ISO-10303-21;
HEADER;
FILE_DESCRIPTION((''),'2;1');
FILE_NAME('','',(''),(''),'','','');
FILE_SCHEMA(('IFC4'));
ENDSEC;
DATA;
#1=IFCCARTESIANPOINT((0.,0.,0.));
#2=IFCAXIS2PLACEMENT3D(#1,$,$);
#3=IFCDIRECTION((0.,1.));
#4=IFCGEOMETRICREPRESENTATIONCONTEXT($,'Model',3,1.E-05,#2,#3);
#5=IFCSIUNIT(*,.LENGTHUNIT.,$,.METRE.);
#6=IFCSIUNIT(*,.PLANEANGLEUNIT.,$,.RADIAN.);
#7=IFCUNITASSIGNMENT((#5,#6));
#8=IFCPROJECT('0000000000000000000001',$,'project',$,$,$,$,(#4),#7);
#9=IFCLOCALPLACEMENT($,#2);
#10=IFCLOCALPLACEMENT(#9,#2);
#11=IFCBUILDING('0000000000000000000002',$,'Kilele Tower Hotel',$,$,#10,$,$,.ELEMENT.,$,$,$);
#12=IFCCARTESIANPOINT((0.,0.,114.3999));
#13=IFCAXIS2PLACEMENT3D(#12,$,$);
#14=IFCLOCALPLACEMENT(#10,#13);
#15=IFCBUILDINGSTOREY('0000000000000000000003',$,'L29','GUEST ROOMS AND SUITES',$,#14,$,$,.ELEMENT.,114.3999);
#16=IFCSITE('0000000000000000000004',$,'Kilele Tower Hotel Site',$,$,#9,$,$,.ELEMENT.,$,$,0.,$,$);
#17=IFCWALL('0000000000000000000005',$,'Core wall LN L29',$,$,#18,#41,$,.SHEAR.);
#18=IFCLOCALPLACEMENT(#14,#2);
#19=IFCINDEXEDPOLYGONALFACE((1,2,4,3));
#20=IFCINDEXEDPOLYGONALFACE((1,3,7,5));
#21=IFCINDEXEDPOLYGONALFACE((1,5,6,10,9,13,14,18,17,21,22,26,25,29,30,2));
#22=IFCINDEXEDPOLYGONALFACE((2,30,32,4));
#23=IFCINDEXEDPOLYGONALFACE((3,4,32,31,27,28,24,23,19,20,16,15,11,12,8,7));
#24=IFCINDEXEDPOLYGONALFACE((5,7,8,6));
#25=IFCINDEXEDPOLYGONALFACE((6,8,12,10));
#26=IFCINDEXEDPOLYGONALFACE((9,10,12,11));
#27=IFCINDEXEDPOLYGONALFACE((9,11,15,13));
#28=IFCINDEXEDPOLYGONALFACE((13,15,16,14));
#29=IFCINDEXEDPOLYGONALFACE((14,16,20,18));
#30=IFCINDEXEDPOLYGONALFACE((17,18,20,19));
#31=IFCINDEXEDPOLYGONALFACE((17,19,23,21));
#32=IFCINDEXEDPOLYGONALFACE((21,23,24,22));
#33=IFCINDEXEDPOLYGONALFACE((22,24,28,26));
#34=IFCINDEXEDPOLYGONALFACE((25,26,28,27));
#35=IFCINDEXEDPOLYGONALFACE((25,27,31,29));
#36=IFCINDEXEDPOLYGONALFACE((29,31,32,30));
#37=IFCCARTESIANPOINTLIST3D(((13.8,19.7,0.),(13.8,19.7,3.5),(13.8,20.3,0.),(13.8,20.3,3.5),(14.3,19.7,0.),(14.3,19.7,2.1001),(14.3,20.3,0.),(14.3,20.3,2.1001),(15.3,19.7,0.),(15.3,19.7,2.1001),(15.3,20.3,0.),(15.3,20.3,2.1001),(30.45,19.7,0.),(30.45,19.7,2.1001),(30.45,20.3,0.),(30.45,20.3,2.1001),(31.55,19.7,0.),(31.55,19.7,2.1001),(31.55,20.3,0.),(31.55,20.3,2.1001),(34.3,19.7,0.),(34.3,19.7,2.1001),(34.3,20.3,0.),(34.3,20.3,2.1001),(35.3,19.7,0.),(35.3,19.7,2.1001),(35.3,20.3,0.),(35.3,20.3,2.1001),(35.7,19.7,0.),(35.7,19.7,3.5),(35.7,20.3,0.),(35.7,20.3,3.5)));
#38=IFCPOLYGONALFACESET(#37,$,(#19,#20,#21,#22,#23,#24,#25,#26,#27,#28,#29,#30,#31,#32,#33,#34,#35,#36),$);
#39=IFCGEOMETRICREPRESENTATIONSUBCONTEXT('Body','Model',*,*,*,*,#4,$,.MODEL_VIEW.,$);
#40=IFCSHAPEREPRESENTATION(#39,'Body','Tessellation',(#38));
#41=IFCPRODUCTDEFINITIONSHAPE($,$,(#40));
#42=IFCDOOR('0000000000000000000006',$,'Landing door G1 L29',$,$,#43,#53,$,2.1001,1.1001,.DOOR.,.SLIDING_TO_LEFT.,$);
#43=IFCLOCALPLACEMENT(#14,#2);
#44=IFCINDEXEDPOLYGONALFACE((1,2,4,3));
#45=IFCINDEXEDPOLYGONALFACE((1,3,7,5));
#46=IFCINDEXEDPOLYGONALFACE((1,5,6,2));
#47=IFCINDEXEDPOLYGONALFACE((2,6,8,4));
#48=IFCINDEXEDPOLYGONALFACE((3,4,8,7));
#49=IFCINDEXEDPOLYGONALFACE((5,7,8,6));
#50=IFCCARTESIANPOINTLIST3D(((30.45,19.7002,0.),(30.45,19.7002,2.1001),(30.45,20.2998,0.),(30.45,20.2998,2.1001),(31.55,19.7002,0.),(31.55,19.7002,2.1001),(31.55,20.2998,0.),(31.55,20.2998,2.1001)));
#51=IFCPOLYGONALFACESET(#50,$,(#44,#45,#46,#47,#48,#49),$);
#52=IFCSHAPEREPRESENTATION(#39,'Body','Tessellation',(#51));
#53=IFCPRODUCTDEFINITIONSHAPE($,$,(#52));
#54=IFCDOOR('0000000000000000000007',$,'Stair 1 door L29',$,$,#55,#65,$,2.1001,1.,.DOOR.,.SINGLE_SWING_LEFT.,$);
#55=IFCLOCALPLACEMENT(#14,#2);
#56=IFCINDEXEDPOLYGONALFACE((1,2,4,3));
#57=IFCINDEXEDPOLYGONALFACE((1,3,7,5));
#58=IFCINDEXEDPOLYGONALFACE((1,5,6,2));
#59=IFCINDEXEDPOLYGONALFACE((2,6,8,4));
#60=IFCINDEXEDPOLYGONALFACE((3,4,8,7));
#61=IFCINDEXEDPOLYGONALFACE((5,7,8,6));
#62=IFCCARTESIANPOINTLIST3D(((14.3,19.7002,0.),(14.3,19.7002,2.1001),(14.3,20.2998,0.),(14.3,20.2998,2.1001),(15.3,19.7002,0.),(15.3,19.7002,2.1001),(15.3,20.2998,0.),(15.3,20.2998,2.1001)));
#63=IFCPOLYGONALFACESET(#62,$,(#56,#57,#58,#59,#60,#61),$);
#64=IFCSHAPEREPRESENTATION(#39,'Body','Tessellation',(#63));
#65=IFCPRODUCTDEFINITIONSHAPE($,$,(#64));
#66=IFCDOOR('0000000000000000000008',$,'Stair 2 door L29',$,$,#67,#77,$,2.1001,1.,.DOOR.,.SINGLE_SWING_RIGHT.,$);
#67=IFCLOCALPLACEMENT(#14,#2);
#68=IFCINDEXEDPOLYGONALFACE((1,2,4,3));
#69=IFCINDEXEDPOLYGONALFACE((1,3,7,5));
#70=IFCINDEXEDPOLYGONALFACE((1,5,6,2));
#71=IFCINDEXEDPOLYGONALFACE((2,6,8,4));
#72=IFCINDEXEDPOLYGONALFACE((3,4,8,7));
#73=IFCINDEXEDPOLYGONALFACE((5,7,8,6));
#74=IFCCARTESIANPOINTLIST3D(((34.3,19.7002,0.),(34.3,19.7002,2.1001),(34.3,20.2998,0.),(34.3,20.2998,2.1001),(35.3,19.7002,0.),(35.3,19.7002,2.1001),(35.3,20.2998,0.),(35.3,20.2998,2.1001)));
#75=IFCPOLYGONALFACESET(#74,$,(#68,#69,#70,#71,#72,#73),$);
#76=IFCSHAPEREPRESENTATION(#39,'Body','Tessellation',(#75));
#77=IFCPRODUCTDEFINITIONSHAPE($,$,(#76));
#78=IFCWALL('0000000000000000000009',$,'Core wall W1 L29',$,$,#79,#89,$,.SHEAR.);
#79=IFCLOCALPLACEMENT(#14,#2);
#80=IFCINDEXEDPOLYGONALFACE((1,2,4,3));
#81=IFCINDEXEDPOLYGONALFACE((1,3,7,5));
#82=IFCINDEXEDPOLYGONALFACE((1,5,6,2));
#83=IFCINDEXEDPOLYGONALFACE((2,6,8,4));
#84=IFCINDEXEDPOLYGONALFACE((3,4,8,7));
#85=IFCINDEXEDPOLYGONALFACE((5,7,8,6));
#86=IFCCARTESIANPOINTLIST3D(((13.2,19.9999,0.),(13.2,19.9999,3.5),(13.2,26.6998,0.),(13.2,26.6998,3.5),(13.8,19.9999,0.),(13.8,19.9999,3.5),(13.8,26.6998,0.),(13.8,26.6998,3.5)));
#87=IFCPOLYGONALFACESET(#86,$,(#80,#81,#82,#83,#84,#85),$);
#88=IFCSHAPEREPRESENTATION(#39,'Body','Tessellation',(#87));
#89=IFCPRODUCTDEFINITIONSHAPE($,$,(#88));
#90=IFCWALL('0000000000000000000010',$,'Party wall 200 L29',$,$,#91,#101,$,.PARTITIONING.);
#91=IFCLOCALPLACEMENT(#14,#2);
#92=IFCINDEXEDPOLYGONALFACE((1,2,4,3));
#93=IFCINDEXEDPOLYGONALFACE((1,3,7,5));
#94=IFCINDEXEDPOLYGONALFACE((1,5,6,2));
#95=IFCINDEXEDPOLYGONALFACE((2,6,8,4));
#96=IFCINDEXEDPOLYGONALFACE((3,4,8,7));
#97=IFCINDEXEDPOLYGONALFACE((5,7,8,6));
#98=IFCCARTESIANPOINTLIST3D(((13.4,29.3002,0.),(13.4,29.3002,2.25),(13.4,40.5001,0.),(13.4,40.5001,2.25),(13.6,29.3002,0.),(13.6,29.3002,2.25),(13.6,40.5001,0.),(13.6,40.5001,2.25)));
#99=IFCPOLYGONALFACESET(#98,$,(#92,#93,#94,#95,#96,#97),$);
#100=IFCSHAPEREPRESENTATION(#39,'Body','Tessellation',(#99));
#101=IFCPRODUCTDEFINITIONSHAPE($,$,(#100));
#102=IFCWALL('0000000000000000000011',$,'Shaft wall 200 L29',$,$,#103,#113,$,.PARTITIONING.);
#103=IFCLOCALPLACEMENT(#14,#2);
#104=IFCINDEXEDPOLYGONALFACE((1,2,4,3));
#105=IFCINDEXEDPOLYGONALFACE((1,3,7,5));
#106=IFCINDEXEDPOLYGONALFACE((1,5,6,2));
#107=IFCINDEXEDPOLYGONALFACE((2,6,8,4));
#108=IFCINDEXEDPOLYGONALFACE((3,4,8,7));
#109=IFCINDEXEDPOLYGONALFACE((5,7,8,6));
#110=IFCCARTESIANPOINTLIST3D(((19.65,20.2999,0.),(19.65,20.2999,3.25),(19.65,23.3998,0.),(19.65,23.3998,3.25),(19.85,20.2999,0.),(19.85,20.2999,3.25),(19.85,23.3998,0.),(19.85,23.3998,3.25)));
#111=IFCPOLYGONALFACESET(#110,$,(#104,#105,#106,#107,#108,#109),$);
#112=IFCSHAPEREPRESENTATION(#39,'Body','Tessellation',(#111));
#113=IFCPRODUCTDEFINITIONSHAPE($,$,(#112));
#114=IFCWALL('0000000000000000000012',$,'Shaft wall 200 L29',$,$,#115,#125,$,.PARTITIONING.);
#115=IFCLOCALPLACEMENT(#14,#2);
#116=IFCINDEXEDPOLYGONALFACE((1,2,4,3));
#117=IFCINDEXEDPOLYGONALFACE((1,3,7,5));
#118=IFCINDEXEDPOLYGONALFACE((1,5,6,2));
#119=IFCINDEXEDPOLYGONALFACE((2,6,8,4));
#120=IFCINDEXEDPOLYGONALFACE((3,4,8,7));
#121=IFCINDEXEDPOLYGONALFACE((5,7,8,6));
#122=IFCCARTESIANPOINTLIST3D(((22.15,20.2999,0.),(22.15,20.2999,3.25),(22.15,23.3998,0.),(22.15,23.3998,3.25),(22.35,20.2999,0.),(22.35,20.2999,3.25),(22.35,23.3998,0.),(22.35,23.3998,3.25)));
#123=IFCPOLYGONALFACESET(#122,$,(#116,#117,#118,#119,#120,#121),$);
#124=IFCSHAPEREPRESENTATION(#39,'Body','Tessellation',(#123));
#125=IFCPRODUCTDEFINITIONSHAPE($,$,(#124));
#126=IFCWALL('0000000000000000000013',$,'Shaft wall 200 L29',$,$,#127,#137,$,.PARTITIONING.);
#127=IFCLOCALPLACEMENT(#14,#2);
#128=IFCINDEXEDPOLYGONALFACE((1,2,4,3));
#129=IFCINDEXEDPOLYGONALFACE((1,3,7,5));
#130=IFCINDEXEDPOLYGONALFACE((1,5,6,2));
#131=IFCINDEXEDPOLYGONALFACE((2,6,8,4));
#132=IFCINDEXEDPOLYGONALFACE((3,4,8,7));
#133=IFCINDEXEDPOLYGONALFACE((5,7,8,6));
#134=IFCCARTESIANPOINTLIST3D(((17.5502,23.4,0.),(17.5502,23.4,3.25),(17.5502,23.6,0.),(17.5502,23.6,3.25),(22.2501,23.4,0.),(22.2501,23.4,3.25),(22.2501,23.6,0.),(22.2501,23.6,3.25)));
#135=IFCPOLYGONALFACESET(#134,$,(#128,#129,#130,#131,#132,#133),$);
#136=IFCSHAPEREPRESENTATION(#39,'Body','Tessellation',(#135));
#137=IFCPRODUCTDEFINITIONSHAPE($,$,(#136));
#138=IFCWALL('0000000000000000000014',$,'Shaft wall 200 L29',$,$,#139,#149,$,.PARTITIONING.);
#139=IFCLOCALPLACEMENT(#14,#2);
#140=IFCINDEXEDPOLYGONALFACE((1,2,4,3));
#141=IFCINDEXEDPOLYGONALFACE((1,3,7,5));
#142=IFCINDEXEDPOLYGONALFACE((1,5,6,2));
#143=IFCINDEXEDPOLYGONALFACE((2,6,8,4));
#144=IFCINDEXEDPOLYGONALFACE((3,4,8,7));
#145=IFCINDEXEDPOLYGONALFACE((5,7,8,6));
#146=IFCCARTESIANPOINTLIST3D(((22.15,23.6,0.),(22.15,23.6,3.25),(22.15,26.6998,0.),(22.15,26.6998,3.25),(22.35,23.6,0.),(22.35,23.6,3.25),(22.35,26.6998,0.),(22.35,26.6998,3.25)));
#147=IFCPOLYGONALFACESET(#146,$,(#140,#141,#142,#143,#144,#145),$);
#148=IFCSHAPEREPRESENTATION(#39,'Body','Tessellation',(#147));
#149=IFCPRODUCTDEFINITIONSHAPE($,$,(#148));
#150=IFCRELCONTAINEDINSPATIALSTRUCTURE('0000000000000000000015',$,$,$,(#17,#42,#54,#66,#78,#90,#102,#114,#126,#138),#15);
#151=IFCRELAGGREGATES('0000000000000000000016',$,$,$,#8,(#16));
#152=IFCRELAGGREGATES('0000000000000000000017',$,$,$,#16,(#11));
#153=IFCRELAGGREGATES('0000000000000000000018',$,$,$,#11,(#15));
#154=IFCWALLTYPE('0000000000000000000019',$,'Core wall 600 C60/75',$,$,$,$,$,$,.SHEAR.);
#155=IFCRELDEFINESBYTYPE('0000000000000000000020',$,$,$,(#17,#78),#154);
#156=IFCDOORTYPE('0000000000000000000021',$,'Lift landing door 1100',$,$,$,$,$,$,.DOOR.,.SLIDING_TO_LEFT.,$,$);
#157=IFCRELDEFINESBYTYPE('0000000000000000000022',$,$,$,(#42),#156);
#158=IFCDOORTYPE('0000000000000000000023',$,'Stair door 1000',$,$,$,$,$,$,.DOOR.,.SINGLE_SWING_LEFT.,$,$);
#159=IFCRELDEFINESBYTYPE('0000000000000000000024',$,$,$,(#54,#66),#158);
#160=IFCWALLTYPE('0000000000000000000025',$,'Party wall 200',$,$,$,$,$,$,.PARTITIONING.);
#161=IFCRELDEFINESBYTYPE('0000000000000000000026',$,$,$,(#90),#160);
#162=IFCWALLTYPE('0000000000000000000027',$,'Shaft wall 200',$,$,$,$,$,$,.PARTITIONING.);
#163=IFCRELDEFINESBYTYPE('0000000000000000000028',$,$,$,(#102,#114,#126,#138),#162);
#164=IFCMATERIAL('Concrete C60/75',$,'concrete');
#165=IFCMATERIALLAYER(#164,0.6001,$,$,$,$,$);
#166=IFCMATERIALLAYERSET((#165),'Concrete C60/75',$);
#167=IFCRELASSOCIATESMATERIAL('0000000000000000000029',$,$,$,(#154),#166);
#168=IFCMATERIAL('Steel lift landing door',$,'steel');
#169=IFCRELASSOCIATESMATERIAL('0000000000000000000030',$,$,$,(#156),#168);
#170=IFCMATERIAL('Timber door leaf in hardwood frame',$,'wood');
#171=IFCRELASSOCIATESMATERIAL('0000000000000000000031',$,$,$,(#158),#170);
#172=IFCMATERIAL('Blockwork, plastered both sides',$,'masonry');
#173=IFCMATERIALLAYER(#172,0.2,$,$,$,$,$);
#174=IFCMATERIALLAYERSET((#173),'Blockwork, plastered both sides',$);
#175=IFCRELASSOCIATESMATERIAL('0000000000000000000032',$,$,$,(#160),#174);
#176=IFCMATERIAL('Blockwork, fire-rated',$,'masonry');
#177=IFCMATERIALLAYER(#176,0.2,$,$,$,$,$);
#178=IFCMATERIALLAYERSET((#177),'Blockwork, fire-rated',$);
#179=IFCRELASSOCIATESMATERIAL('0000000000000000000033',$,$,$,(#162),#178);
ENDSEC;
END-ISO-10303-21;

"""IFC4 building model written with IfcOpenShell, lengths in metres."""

from ifc_helpers import new_model, si_unit, direction, frame, frame_2d, origin, place, context, subcontext, project, spatial, rectangle, extrude, material, layer, layer_set, type_object, element, fill, save


model = new_model("IFC4")

# Units and contexts
model_context = context("Model", 3, precision=1e-05, world=origin(), true_north=direction((0.0, 1.0)))
body_context = subcontext(model_context, "Body", "Model", "MODEL_VIEW")
ifc_project = project(units=[si_unit("LENGTHUNIT", "METRE"), si_unit("PLANEANGLEUNIT", "RADIAN")], contexts=[model_context])

# Site, building, storey
site_placement = place(None, origin())
site = spatial("IfcSite", under=ifc_project, at=site_placement, Name="Kilele Tower Hotel Site", CompositionType="ELEMENT", RefElevation=0.0)
building_placement = place(site_placement, origin())
building = spatial("IfcBuilding", under=site, at=building_placement, Name="Kilele Tower Hotel", CompositionType="ELEMENT")
storey_placement = place(building_placement, frame((0.0, 0.0, 114.3999)))
storey = spatial("IfcBuildingStorey", under=building, at=storey_placement, Name="L29", Description="GUEST ROOMS AND SUITES", CompositionType="ELEMENT", Elevation=114.3999)

# Wall, openings, doors
ifc_material_1 = material(Name="Concrete C60/75", Category="concrete")
ifc_layer_1 = layer(ifc_material_1, 0.6001)
ifc_layer_set_1 = layer_set([ifc_layer_1], Name="Concrete C60/75")
wall_type_1 = type_object("IfcWallType", Name="Core wall 600 C60/75", PredefinedType="SHEAR", material=ifc_layer_set_1)
wall_1_placement = place(storey_placement, frame((13.8, 20.0, 0.0), z_axis=(0.0, 0.0, 1.0), x_axis=(1.0, 0.0, 0.0)))
wall_1 = element("IfcWall", 1, at=wall_1_placement, inside=storey, type_object=wall_type_1, Name="Core wall LN L29", PredefinedType="SHEAR", context=body_context, shape_type="SweptSolid", body=[
    extrude(rectangle(XDim=21.8999, YDim=0.6001, at=frame_2d((10.95, 0.0))), origin(), (0.0, 0.0, 1.0), 3.5),
])
opening_1_placement = place(wall_1_placement, frame((0.5, 0.0, 0.0)))
opening_1 = element("IfcOpeningElement", 2, at=opening_1_placement, cuts=wall_1, PredefinedType="OPENING", context=body_context, shape_type="SweptSolid", body=[
    extrude(rectangle(XDim=1.0, YDim=2.1001, at=frame_2d((0.5, 1.05))), frame((0.0, 0.3101, 0.0), z_axis=(0.0, -1.0, 0.0), x_axis=(1.0, 0.0, 0.0)), (0.0, 0.0, 1.0), 0.6201),
])
opening_2_placement = place(wall_1_placement, frame((20.5, 0.0, 0.0)))
opening_2 = element("IfcOpeningElement", 3, at=opening_2_placement, cuts=wall_1, PredefinedType="OPENING", context=body_context, shape_type="SweptSolid", body=[
    extrude(rectangle(XDim=1.0, YDim=2.1001, at=frame_2d((0.5, 1.05))), frame((0.0, 0.3101, 0.0), z_axis=(0.0, -1.0, 0.0), x_axis=(1.0, 0.0, 0.0)), (0.0, 0.0, 1.0), 0.6201),
])
opening_3_placement = place(wall_1_placement, frame((16.6499, 0.0, 0.0)))
opening_3 = element("IfcOpeningElement", 4, at=opening_3_placement, cuts=wall_1, PredefinedType="OPENING", context=body_context, shape_type="SweptSolid", body=[
    extrude(rectangle(XDim=1.1001, YDim=2.1001, at=frame_2d((0.55, 1.05))), frame((0.0, 0.3101, 0.0), z_axis=(0.0, -1.0, 0.0), x_axis=(1.0, 0.0, 0.0)), (0.0, 0.0, 1.0), 0.6201),
])
ifc_material_2 = material(Name="Steel lift landing door", Category="steel")
door_type_1 = type_object("IfcDoorType", Name="Lift landing door 1100", OperationType="SLIDING_TO_LEFT", PredefinedType="DOOR", material=ifc_material_2)
door_1_placement = place(opening_3_placement, origin())
door_1 = element("IfcDoor", 5, at=door_1_placement, inside=storey, type_object=door_type_1, Name="Landing door G1 L29", OperationType="SLIDING_TO_LEFT", OverallHeight=2.1001, OverallWidth=1.1001, PredefinedType="DOOR", context=body_context, shape_type="SweptSolid", body=[
    extrude(rectangle(XDim=1.1001, YDim=2.1001, at=frame_2d((0.55, 1.05))), frame((0.0, 0.2998, 0.0), z_axis=(0.0, -1.0, 0.0), x_axis=(1.0, 0.0, 0.0)), (0.0, 0.0, 1.0), 0.5996),
])
fill(opening_3, door_1)
ifc_material_3 = material(Name="Timber door leaf in hardwood frame", Category="wood")
door_type_2 = type_object("IfcDoorType", Name="Stair door 1000", OperationType="SINGLE_SWING_LEFT", PredefinedType="DOOR", material=ifc_material_3)
door_2_placement = place(opening_1_placement, origin())
door_2 = element("IfcDoor", 6, at=door_2_placement, inside=storey, type_object=door_type_2, Name="Stair 1 door L29", OperationType="SINGLE_SWING_LEFT", OverallHeight=2.1001, OverallWidth=1.0, PredefinedType="DOOR", context=body_context, shape_type="SweptSolid", body=[
    extrude(rectangle(XDim=1.0, YDim=2.1001, at=frame_2d((0.5, 1.05))), frame((0.0, 0.2998, 0.0), z_axis=(0.0, -1.0, 0.0), x_axis=(1.0, 0.0, 0.0)), (0.0, 0.0, 1.0), 0.5996),
])
fill(opening_1, door_2)
door_3_placement = place(opening_2_placement, origin())
door_3 = element("IfcDoor", 7, at=door_3_placement, inside=storey, type_object=door_type_2, Name="Stair 2 door L29", OperationType="SINGLE_SWING_RIGHT", OverallHeight=2.1001, OverallWidth=1.0, PredefinedType="DOOR", context=body_context, shape_type="SweptSolid", body=[
    extrude(rectangle(XDim=1.0, YDim=2.1001, at=frame_2d((0.5, 1.05))), frame((0.0, 0.2998, 0.0), z_axis=(0.0, -1.0, 0.0), x_axis=(1.0, 0.0, 0.0)), (0.0, 0.0, 1.0), 0.5996),
])
fill(opening_2, door_3)

# Walls
wall_2_placement = place(storey_placement, frame((13.5, 26.7, 0.0), z_axis=(0.0, 0.0, 1.0), x_axis=(0.0, -1.0, 0.0)))
element("IfcWall", 8, at=wall_2_placement, inside=storey, type_object=wall_type_1, Name="Core wall W1 L29", PredefinedType="SHEAR", context=body_context, shape_type="SweptSolid", body=[
    extrude(rectangle(XDim=6.7, YDim=0.6001, at=frame_2d((3.3501, 0.0))), origin(), (0.0, 0.0, 1.0), 3.5),
])
ifc_material_4 = material(Name="Blockwork, plastered both sides", Category="masonry")
ifc_layer_2 = layer(ifc_material_4, 0.2)
ifc_layer_set_2 = layer_set([ifc_layer_2], Name="Blockwork, plastered both sides")
wall_type_2 = type_object("IfcWallType", Name="Party wall 200", PredefinedType="PARTITIONING", material=ifc_layer_set_2)
wall_3_placement = place(storey_placement, frame((13.5, 29.3, 0.0), z_axis=(0.0, 0.0, 1.0), x_axis=(0.0, 1.0, 0.0)))
element("IfcWall", 9, at=wall_3_placement, inside=storey, type_object=wall_type_2, Name="Party wall 200 L29", PredefinedType="PARTITIONING", context=body_context, shape_type="SweptSolid", body=[
    extrude(rectangle(XDim=11.2, YDim=0.2, at=frame_2d((5.6001, 0.0))), origin(), (0.0, 0.0, 1.0), 2.25),
])
ifc_material_5 = material(Name="Blockwork, fire-rated", Category="masonry")
ifc_layer_3 = layer(ifc_material_5, 0.2)
ifc_layer_set_3 = layer_set([ifc_layer_3], Name="Blockwork, fire-rated")
wall_type_3 = type_object("IfcWallType", Name="Shaft wall 200", PredefinedType="PARTITIONING", material=ifc_layer_set_3)
for number, where, z_axis, x_axis, name in (
    (10, (19.75, 20.3, 0.0), (0.0, 0.0, 1.0), (0.0, 1.0, 0.0), "Shaft wall 200 L29"),
    (11, (22.25, 20.3, 0.0), (0.0, 0.0, 1.0), (0.0, 1.0, 0.0), "Shaft wall 200 L29"),
):
    element("IfcWall", number, at=place(storey_placement, frame(where, z_axis=z_axis, x_axis=x_axis)), inside=storey, type_object=wall_type_3, Name=name, PredefinedType="PARTITIONING", context=body_context, shape_type="SweptSolid", body=[
        extrude(rectangle(XDim=3.0999, YDim=0.2, at=frame_2d((1.5498, 0.0))), origin(), (0.0, 0.0, 1.0), 3.25),
    ])
wall_4_placement = place(storey_placement, frame((17.55, 23.5, 0.0), z_axis=(0.0, 0.0, 1.0), x_axis=(1.0, 0.0, 0.0)))
element("IfcWall", 12, at=wall_4_placement, inside=storey, type_object=wall_type_3, Name="Shaft wall 200 L29", PredefinedType="PARTITIONING", context=body_context, shape_type="SweptSolid", body=[
    extrude(rectangle(XDim=4.7, YDim=0.2, at=frame_2d((2.3501, 0.0))), origin(), (0.0, 0.0, 1.0), 3.25),
])
wall_5_placement = place(storey_placement, frame((22.25, 23.6001, 0.0), z_axis=(0.0, 0.0, 1.0), x_axis=(0.0, 1.0, 0.0)))
element("IfcWall", 13, at=wall_5_placement, inside=storey, type_object=wall_type_3, Name="Shaft wall 200 L29", PredefinedType="PARTITIONING", context=body_context, shape_type="SweptSolid", body=[
    extrude(rectangle(XDim=3.0999, YDim=0.2, at=frame_2d((1.5498, 0.0))), origin(), (0.0, 0.0, 1.0), 3.25),
])

save(model, "model.ifc")
